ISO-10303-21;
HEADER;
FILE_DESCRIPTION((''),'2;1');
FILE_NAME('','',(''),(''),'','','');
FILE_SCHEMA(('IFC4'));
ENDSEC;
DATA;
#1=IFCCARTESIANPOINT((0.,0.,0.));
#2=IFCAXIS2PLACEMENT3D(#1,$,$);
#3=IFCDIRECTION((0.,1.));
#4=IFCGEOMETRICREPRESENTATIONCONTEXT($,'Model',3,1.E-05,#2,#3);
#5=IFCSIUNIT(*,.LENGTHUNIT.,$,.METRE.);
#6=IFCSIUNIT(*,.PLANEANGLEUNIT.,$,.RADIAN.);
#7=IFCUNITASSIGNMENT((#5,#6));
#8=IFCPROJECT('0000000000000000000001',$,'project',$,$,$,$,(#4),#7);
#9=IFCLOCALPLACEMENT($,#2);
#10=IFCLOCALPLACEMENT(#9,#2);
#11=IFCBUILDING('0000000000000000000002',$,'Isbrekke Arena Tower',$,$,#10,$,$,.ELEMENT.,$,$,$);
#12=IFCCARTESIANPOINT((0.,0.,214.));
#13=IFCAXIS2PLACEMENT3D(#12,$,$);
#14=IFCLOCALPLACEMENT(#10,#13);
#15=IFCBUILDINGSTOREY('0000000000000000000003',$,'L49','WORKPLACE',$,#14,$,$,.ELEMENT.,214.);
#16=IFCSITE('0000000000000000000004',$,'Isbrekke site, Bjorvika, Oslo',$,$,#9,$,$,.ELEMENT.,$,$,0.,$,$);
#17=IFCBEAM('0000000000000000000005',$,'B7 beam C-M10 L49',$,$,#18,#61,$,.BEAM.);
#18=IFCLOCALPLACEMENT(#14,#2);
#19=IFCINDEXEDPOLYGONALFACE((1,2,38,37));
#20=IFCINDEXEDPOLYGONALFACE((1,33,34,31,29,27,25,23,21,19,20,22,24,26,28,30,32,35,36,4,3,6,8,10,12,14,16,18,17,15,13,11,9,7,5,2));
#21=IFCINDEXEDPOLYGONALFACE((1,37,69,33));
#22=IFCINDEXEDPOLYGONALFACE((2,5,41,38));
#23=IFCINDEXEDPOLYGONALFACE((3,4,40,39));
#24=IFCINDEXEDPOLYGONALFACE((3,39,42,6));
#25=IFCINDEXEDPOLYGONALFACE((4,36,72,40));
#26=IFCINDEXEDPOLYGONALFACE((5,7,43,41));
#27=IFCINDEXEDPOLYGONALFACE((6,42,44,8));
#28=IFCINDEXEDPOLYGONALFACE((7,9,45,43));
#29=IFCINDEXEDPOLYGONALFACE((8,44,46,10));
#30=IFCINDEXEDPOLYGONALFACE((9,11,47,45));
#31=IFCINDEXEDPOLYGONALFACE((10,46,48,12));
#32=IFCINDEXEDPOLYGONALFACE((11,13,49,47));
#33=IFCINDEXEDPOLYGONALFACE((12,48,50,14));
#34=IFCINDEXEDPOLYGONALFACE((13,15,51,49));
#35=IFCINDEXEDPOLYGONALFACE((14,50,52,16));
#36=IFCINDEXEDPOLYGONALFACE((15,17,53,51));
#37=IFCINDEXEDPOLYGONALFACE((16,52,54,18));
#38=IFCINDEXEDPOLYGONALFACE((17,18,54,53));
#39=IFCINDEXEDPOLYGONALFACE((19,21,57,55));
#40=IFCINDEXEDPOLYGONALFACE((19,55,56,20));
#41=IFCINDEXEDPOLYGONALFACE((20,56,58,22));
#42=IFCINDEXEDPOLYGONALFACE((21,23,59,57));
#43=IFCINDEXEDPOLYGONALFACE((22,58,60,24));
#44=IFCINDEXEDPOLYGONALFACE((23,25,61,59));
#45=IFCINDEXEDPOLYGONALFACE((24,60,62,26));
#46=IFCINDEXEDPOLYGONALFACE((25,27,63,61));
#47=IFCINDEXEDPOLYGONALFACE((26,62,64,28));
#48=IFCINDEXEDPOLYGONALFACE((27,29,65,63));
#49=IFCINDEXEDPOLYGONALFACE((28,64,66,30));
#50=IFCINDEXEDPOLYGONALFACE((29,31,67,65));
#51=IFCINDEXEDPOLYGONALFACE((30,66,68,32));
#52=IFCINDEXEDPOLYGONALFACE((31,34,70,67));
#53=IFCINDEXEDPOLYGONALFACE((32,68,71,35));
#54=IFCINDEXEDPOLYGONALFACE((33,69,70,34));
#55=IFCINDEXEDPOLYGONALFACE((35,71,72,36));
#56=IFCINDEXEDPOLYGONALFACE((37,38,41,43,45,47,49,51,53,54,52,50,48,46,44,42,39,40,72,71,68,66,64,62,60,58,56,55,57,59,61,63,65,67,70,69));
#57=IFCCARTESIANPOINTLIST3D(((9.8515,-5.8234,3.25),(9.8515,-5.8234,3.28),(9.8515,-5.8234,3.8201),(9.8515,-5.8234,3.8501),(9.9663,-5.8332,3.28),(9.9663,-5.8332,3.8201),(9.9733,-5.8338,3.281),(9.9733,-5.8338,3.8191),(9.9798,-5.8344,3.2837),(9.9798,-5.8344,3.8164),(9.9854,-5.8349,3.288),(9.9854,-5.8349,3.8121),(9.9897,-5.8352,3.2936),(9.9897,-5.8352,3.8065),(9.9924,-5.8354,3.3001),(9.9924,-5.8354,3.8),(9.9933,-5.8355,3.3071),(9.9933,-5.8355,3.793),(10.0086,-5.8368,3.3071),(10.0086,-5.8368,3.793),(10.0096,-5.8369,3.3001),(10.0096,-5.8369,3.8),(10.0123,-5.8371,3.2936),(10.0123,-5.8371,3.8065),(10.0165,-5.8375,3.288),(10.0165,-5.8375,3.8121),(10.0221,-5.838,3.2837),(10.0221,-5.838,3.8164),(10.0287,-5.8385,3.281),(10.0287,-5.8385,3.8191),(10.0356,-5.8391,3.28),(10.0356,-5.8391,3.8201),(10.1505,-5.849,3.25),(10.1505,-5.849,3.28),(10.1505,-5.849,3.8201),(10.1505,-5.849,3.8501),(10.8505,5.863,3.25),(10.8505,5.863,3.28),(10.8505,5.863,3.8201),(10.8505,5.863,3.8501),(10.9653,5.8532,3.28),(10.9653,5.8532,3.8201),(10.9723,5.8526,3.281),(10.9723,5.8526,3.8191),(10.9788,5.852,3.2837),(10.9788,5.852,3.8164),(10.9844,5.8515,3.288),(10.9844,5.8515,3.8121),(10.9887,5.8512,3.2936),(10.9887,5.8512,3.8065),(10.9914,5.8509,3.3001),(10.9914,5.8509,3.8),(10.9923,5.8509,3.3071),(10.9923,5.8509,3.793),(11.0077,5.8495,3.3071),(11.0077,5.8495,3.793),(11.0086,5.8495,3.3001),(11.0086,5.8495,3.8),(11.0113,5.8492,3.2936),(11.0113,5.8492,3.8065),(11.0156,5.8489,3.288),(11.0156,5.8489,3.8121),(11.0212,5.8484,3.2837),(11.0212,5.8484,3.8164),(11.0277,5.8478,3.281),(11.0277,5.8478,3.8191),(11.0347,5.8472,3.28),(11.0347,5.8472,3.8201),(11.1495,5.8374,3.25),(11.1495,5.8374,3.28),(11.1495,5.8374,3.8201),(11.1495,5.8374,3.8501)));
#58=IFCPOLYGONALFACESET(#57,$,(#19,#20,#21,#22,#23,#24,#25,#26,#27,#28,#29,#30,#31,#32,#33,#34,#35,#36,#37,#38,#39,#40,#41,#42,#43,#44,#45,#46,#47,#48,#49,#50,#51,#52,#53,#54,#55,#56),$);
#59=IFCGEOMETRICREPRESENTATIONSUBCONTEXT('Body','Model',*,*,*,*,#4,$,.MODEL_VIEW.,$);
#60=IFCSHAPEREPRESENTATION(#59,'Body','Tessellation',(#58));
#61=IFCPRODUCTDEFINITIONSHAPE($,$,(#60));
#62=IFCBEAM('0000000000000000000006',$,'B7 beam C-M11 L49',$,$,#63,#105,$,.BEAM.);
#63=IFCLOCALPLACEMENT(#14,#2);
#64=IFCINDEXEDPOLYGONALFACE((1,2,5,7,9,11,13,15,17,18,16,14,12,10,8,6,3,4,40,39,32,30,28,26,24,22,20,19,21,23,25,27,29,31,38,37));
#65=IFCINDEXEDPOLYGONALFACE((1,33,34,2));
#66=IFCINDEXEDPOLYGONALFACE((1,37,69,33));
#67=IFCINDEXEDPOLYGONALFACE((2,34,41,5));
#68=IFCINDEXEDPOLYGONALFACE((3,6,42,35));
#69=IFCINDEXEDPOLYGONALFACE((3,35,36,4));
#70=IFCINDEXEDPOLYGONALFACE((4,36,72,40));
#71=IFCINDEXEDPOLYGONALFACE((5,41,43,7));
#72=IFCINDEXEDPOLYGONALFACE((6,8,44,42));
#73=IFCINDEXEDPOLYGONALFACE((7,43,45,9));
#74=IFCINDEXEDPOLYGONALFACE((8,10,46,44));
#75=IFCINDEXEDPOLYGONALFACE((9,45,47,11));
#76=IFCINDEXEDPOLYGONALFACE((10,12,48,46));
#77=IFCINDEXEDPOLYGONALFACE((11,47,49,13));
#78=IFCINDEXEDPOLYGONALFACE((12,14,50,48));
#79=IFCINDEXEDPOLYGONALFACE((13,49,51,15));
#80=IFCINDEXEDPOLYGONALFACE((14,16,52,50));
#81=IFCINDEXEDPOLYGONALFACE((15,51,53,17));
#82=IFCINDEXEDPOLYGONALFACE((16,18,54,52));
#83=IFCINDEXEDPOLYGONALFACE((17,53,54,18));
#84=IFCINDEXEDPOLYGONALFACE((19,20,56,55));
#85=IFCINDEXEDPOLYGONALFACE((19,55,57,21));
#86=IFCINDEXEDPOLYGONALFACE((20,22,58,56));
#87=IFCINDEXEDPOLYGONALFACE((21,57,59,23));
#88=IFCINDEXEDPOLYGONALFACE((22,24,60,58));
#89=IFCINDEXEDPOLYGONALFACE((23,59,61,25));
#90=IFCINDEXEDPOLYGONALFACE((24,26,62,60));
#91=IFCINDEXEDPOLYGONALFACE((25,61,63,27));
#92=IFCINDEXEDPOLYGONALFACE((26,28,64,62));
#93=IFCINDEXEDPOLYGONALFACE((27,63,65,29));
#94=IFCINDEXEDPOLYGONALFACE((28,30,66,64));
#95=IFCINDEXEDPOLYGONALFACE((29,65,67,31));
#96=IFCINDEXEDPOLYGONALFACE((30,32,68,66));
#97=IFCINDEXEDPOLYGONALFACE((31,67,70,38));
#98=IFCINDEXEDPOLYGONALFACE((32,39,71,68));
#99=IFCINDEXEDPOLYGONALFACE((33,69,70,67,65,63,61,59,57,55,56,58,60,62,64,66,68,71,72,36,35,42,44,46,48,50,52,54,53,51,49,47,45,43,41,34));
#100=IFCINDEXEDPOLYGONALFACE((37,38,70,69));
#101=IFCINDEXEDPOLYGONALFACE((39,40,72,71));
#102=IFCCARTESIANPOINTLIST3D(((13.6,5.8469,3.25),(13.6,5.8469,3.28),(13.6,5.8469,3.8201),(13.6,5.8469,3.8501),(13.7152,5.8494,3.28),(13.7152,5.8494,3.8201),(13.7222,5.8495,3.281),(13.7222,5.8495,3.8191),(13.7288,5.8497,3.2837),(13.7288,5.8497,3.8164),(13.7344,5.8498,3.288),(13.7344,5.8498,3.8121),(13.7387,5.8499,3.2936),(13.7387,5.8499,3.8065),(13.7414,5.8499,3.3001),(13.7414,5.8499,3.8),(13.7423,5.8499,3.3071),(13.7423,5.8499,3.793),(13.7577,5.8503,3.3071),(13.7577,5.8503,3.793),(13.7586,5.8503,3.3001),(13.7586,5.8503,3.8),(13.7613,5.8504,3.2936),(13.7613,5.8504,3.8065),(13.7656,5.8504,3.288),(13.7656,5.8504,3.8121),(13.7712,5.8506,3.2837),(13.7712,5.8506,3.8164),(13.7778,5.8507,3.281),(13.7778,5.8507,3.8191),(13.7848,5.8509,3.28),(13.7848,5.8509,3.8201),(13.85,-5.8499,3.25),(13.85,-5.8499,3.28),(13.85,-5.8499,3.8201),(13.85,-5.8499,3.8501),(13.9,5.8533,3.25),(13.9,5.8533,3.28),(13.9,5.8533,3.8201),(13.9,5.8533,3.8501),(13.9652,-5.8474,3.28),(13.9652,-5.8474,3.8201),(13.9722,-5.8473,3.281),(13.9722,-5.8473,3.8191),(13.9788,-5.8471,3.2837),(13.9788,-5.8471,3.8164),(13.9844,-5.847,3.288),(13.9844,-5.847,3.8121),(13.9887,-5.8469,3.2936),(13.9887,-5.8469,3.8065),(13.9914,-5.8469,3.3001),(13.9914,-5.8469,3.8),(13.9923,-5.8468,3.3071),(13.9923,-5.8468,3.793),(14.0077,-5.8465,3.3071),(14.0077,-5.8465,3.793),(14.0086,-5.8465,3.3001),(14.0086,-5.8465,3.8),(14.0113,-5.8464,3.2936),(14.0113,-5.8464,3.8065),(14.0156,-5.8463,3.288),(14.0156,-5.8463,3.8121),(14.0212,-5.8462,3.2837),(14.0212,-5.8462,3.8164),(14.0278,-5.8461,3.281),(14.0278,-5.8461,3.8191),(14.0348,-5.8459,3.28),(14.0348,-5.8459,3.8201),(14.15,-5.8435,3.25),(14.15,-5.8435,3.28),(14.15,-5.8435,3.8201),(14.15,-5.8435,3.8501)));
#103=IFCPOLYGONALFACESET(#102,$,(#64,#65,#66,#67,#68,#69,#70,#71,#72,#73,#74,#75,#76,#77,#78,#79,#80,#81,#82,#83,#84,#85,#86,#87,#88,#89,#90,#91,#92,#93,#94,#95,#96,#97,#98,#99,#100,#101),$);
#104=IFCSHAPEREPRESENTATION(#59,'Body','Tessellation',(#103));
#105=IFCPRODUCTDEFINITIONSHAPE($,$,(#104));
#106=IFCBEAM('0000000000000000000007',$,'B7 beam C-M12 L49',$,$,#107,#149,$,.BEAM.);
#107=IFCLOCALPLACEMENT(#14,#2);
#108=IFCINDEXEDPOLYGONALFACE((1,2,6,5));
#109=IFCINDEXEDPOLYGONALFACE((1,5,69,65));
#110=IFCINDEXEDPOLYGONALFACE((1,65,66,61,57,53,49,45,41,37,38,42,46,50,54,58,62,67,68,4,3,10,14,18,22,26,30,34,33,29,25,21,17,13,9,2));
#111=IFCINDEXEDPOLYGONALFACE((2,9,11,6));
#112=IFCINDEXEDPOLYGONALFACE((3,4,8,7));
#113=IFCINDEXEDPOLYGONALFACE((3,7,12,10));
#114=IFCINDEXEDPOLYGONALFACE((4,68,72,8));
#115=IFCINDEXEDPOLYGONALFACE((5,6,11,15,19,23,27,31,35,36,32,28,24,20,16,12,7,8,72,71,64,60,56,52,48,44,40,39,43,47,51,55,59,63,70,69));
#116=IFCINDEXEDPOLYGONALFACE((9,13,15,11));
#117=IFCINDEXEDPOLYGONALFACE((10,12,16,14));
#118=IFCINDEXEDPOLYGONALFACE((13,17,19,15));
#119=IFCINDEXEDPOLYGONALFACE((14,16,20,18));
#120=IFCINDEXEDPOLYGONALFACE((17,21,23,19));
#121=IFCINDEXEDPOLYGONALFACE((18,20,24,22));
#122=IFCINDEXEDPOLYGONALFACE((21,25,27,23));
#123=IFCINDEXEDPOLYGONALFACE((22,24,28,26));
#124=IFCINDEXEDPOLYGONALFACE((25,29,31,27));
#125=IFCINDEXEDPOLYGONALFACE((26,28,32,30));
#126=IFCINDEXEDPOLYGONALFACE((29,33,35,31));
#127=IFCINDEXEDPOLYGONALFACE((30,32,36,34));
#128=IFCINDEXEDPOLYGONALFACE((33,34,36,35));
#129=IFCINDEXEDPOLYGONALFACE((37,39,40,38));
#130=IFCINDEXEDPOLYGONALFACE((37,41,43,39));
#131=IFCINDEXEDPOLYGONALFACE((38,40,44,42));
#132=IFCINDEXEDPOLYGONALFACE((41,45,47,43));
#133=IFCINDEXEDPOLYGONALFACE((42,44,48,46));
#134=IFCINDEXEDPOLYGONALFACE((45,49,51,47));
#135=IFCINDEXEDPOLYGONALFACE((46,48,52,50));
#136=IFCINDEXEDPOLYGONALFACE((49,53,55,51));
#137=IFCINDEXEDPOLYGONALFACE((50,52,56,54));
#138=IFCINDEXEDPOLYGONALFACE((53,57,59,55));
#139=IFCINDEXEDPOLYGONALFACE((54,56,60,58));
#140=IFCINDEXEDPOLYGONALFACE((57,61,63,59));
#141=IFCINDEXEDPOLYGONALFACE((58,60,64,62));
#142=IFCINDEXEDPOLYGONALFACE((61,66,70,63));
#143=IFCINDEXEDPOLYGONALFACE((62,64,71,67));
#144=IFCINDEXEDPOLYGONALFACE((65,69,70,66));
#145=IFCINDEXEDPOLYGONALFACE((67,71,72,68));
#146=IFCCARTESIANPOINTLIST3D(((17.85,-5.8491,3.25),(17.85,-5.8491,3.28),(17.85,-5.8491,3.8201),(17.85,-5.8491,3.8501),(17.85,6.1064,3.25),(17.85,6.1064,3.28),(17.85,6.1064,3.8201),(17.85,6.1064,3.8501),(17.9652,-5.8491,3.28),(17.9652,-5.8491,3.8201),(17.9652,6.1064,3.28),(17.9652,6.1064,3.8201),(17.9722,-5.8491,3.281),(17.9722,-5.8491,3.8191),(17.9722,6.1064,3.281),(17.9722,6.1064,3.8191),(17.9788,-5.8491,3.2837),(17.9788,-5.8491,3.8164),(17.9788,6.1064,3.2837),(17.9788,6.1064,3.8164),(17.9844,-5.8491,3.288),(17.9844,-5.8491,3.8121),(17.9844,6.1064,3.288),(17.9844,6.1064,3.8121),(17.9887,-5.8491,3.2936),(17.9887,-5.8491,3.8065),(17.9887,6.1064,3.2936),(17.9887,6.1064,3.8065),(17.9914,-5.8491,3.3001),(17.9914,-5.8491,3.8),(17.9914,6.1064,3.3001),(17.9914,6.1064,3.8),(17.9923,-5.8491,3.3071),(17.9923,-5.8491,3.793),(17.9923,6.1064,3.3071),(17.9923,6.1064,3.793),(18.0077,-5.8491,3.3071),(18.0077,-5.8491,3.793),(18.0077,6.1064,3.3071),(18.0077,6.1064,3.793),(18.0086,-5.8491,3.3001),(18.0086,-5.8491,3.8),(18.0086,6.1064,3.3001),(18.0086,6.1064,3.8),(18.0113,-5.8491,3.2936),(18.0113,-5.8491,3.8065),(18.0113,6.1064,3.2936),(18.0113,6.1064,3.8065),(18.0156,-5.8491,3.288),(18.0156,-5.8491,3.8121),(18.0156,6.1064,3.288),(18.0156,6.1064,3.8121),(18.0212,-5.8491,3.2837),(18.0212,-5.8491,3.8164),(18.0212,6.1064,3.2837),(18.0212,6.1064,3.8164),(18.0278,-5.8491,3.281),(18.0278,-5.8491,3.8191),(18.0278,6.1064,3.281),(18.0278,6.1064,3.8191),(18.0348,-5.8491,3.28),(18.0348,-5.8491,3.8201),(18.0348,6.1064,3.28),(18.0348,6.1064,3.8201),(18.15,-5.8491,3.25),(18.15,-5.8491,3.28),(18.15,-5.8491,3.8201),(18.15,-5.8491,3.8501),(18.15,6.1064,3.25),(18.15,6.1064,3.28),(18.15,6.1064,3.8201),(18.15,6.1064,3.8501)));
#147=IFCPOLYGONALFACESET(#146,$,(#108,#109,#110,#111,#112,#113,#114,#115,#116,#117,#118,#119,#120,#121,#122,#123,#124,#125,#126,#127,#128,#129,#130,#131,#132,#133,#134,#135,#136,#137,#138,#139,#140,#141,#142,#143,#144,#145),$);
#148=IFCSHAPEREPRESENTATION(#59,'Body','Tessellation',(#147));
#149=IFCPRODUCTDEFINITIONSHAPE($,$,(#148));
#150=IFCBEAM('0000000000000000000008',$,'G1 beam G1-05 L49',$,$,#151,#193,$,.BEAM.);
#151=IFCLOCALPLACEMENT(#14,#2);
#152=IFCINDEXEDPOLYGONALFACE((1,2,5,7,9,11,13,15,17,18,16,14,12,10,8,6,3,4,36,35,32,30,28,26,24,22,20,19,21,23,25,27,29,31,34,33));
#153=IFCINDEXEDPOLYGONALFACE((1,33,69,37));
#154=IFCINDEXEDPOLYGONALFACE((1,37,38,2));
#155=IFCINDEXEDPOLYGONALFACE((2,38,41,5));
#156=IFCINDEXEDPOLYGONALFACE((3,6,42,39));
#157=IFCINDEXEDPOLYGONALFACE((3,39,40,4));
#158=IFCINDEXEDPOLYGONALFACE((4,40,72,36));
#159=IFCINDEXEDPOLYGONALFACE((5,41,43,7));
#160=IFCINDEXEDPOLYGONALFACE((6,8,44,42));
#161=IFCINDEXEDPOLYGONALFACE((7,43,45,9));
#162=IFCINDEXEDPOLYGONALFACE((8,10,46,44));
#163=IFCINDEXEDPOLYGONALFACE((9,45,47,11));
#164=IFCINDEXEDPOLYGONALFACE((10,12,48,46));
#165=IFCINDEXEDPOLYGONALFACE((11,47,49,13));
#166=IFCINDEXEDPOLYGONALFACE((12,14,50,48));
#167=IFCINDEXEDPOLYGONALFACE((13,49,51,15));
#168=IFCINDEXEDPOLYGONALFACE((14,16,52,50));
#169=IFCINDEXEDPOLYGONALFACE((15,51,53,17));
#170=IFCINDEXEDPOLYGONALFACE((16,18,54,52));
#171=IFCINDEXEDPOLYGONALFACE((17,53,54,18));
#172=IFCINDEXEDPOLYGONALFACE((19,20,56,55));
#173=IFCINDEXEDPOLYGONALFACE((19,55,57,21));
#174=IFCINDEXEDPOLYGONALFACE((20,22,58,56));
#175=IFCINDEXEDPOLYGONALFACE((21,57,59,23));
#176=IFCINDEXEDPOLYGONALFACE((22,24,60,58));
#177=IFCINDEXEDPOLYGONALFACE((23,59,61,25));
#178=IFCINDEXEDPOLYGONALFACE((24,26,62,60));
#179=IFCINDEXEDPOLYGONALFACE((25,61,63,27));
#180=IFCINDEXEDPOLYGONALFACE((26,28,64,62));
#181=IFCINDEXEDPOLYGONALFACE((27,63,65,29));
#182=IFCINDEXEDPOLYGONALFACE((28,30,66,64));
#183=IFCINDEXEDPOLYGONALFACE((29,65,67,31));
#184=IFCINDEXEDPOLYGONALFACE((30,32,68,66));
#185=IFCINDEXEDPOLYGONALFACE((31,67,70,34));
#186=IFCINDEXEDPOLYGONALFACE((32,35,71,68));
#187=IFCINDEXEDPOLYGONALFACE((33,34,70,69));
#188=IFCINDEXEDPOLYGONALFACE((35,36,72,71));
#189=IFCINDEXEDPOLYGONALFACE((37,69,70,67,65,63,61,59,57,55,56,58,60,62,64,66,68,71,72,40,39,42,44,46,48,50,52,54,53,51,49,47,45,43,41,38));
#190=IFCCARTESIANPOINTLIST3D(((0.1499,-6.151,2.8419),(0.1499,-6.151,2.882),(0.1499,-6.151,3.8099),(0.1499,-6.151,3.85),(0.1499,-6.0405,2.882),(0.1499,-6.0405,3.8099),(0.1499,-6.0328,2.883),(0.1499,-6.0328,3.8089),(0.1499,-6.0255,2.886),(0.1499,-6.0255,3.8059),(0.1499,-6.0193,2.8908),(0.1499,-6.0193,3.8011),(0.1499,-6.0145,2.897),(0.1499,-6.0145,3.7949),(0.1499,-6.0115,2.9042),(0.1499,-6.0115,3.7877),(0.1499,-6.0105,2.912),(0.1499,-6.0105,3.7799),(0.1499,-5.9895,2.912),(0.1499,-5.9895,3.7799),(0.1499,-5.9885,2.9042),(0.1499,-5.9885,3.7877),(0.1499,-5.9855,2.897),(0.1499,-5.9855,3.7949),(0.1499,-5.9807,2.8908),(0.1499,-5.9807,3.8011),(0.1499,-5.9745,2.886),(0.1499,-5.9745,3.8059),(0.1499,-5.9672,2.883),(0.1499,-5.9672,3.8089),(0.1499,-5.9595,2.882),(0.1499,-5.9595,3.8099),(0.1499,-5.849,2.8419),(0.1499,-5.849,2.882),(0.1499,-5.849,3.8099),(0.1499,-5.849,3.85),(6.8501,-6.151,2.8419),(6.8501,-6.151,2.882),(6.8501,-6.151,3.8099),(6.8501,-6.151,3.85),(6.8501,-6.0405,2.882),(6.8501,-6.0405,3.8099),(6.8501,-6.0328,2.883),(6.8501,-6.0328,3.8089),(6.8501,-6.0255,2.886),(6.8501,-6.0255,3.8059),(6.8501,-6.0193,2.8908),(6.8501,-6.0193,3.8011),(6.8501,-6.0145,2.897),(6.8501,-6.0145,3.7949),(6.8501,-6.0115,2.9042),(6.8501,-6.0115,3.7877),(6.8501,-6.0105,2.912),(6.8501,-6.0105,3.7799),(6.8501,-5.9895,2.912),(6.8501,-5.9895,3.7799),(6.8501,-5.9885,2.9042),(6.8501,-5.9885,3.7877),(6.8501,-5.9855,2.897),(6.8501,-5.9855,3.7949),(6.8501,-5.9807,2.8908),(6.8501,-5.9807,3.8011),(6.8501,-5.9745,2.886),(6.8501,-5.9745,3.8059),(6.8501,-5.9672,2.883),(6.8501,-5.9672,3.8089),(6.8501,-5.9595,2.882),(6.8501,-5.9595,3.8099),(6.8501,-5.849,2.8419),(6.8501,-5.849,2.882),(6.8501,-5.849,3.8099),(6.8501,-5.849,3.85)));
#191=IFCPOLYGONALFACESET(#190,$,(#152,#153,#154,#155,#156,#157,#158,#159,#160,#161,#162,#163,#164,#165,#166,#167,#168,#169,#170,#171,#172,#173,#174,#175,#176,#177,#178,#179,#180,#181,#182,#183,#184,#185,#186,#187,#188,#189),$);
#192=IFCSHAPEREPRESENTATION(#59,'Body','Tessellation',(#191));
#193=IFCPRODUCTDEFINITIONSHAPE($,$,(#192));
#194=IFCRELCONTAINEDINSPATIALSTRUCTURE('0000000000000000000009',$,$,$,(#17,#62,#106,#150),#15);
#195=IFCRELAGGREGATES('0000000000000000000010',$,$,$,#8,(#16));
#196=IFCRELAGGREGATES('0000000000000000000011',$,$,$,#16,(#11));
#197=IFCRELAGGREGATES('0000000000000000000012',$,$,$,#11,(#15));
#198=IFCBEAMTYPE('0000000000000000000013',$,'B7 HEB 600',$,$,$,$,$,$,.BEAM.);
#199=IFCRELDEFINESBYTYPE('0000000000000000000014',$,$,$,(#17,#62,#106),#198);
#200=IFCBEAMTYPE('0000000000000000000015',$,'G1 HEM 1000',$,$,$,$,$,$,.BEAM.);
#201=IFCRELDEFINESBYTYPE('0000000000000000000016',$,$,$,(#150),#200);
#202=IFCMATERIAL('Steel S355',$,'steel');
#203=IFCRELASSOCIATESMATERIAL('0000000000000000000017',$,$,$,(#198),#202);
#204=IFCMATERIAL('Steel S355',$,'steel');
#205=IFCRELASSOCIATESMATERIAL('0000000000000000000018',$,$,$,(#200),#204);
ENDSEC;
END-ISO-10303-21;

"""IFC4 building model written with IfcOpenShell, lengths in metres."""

from ifc_helpers import new_model, si_unit, direction, frame, origin, origin_2d, place, context, subcontext, project, spatial, i_section, extrude, material, material_profile, profile_set, type_object, element, save


model = new_model("IFC4")

# Units and contexts
model_context = context("Model", 3, precision=1e-05, world=origin(), true_north=direction((0.0, 1.0)))
body_context = subcontext(model_context, "Body", "Model", "MODEL_VIEW")
ifc_project = project(units=[si_unit("LENGTHUNIT", "METRE"), si_unit("PLANEANGLEUNIT", "RADIAN")], contexts=[model_context])

# Site, building, storey
site_placement = place(None, origin())
site = spatial("IfcSite", under=ifc_project, at=site_placement, Name="Isbrekke site, Bjorvika, Oslo", CompositionType="ELEMENT", RefElevation=0.0)
building_placement = place(site_placement, origin())
building = spatial("IfcBuilding", under=site, at=building_placement, Name="Isbrekke Arena Tower", CompositionType="ELEMENT")
storey_placement = place(building_placement, frame((0.0, 0.0, 214.0)))
storey = spatial("IfcBuildingStorey", under=building, at=storey_placement, Name="L49", Description="WORKPLACE", CompositionType="ELEMENT", Elevation=214.0)

# Beams
ifc_material_1 = material(Name="Steel S355", Category="steel")
ifc_material_profile_1 = material_profile(ifc_material_1, i_section(OverallWidth=0.3, OverallDepth=0.6001, WebThickness=0.0154, FlangeThickness=0.03, FilletRadius=0.0271, at=origin_2d()), Name="HEB 600")
ifc_profile_set_1 = profile_set([ifc_material_profile_1], Name="Steel S355")
beam_type_1 = type_object("IfcBeamType", Name="B7 HEB 600", PredefinedType="BEAM", material=ifc_profile_set_1)
beam_1_placement = place(storey_placement, frame((10.001, -5.8362, 3.55), z_axis=(0.085176, 0.996366, 0.0), x_axis=(-0.996366, 0.085176, 0.0)))
element("IfcBeam", 1, at=beam_1_placement, inside=storey, type_object=beam_type_1, Name="B7 beam C-M10 L49", PredefinedType="BEAM", context=body_context, shape_type="SweptSolid", body=[
    extrude(i_section(OverallWidth=0.3, OverallDepth=0.6001, WebThickness=0.0154, FlangeThickness=0.03, FilletRadius=0.0271, at=origin_2d()), origin(), (0.0, 0.0, 1.0), 11.729),
])
beam_2_placement = place(storey_placement, frame((14.0, -5.8467, 3.55), z_axis=(-0.021369, 0.999772, 0.0), x_axis=(-0.999772, -0.021369, 0.0)))
element("IfcBeam", 2, at=beam_2_placement, inside=storey, type_object=beam_type_1, Name="B7 beam C-M11 L49", PredefinedType="BEAM", context=body_context, shape_type="SweptSolid", body=[
    extrude(i_section(OverallWidth=0.3, OverallDepth=0.6001, WebThickness=0.0154, FlangeThickness=0.03, FilletRadius=0.0271, at=origin_2d()), origin(), (0.0, 0.0, 1.0), 11.6995),
])
beam_3_placement = place(storey_placement, frame((18.0, -5.8491, 3.55), z_axis=(0.0, 1.0, 0.0), x_axis=(-1.0, 0.0, 0.0)))
element("IfcBeam", 3, at=beam_3_placement, inside=storey, type_object=beam_type_1, Name="B7 beam C-M12 L49", PredefinedType="BEAM", context=body_context, shape_type="SweptSolid", body=[
    extrude(i_section(OverallWidth=0.3, OverallDepth=0.6001, WebThickness=0.0154, FlangeThickness=0.03, FilletRadius=0.0271, at=origin_2d()), origin(), (0.0, 0.0, 1.0), 11.9556),
])
ifc_material_2 = material(Name="Steel S355", Category="steel")
ifc_material_profile_2 = material_profile(ifc_material_2, i_section(OverallWidth=0.302, OverallDepth=1.0081, WebThickness=0.021, FlangeThickness=0.04, FilletRadius=0.03, at=origin_2d()), Name="HEM 1000")
ifc_profile_set_2 = profile_set([ifc_material_profile_2], Name="Steel S355")
beam_type_2 = type_object("IfcBeamType", Name="G1 HEM 1000", PredefinedType="BEAM", material=ifc_profile_set_2)
for number, where, z_axis, x_axis, name in (
    (4, (0.1499, -6.0, 3.3459), (1.0, 0.0, 0.0), (0.0, 1.0, 0.0), "G1 beam G1-05 L49"),
):
    element("IfcBeam", number, at=place(storey_placement, frame(where, z_axis=z_axis, x_axis=x_axis)), inside=storey, type_object=beam_type_2, Name=name, PredefinedType="BEAM", context=body_context, shape_type="SweptSolid", body=[
        extrude(i_section(OverallWidth=0.302, OverallDepth=1.0081, WebThickness=0.021, FlangeThickness=0.04, FilletRadius=0.03, at=origin_2d()), origin(), (0.0, 0.0, 1.0), 6.7002),
    ])

save(model, "model.ifc")
